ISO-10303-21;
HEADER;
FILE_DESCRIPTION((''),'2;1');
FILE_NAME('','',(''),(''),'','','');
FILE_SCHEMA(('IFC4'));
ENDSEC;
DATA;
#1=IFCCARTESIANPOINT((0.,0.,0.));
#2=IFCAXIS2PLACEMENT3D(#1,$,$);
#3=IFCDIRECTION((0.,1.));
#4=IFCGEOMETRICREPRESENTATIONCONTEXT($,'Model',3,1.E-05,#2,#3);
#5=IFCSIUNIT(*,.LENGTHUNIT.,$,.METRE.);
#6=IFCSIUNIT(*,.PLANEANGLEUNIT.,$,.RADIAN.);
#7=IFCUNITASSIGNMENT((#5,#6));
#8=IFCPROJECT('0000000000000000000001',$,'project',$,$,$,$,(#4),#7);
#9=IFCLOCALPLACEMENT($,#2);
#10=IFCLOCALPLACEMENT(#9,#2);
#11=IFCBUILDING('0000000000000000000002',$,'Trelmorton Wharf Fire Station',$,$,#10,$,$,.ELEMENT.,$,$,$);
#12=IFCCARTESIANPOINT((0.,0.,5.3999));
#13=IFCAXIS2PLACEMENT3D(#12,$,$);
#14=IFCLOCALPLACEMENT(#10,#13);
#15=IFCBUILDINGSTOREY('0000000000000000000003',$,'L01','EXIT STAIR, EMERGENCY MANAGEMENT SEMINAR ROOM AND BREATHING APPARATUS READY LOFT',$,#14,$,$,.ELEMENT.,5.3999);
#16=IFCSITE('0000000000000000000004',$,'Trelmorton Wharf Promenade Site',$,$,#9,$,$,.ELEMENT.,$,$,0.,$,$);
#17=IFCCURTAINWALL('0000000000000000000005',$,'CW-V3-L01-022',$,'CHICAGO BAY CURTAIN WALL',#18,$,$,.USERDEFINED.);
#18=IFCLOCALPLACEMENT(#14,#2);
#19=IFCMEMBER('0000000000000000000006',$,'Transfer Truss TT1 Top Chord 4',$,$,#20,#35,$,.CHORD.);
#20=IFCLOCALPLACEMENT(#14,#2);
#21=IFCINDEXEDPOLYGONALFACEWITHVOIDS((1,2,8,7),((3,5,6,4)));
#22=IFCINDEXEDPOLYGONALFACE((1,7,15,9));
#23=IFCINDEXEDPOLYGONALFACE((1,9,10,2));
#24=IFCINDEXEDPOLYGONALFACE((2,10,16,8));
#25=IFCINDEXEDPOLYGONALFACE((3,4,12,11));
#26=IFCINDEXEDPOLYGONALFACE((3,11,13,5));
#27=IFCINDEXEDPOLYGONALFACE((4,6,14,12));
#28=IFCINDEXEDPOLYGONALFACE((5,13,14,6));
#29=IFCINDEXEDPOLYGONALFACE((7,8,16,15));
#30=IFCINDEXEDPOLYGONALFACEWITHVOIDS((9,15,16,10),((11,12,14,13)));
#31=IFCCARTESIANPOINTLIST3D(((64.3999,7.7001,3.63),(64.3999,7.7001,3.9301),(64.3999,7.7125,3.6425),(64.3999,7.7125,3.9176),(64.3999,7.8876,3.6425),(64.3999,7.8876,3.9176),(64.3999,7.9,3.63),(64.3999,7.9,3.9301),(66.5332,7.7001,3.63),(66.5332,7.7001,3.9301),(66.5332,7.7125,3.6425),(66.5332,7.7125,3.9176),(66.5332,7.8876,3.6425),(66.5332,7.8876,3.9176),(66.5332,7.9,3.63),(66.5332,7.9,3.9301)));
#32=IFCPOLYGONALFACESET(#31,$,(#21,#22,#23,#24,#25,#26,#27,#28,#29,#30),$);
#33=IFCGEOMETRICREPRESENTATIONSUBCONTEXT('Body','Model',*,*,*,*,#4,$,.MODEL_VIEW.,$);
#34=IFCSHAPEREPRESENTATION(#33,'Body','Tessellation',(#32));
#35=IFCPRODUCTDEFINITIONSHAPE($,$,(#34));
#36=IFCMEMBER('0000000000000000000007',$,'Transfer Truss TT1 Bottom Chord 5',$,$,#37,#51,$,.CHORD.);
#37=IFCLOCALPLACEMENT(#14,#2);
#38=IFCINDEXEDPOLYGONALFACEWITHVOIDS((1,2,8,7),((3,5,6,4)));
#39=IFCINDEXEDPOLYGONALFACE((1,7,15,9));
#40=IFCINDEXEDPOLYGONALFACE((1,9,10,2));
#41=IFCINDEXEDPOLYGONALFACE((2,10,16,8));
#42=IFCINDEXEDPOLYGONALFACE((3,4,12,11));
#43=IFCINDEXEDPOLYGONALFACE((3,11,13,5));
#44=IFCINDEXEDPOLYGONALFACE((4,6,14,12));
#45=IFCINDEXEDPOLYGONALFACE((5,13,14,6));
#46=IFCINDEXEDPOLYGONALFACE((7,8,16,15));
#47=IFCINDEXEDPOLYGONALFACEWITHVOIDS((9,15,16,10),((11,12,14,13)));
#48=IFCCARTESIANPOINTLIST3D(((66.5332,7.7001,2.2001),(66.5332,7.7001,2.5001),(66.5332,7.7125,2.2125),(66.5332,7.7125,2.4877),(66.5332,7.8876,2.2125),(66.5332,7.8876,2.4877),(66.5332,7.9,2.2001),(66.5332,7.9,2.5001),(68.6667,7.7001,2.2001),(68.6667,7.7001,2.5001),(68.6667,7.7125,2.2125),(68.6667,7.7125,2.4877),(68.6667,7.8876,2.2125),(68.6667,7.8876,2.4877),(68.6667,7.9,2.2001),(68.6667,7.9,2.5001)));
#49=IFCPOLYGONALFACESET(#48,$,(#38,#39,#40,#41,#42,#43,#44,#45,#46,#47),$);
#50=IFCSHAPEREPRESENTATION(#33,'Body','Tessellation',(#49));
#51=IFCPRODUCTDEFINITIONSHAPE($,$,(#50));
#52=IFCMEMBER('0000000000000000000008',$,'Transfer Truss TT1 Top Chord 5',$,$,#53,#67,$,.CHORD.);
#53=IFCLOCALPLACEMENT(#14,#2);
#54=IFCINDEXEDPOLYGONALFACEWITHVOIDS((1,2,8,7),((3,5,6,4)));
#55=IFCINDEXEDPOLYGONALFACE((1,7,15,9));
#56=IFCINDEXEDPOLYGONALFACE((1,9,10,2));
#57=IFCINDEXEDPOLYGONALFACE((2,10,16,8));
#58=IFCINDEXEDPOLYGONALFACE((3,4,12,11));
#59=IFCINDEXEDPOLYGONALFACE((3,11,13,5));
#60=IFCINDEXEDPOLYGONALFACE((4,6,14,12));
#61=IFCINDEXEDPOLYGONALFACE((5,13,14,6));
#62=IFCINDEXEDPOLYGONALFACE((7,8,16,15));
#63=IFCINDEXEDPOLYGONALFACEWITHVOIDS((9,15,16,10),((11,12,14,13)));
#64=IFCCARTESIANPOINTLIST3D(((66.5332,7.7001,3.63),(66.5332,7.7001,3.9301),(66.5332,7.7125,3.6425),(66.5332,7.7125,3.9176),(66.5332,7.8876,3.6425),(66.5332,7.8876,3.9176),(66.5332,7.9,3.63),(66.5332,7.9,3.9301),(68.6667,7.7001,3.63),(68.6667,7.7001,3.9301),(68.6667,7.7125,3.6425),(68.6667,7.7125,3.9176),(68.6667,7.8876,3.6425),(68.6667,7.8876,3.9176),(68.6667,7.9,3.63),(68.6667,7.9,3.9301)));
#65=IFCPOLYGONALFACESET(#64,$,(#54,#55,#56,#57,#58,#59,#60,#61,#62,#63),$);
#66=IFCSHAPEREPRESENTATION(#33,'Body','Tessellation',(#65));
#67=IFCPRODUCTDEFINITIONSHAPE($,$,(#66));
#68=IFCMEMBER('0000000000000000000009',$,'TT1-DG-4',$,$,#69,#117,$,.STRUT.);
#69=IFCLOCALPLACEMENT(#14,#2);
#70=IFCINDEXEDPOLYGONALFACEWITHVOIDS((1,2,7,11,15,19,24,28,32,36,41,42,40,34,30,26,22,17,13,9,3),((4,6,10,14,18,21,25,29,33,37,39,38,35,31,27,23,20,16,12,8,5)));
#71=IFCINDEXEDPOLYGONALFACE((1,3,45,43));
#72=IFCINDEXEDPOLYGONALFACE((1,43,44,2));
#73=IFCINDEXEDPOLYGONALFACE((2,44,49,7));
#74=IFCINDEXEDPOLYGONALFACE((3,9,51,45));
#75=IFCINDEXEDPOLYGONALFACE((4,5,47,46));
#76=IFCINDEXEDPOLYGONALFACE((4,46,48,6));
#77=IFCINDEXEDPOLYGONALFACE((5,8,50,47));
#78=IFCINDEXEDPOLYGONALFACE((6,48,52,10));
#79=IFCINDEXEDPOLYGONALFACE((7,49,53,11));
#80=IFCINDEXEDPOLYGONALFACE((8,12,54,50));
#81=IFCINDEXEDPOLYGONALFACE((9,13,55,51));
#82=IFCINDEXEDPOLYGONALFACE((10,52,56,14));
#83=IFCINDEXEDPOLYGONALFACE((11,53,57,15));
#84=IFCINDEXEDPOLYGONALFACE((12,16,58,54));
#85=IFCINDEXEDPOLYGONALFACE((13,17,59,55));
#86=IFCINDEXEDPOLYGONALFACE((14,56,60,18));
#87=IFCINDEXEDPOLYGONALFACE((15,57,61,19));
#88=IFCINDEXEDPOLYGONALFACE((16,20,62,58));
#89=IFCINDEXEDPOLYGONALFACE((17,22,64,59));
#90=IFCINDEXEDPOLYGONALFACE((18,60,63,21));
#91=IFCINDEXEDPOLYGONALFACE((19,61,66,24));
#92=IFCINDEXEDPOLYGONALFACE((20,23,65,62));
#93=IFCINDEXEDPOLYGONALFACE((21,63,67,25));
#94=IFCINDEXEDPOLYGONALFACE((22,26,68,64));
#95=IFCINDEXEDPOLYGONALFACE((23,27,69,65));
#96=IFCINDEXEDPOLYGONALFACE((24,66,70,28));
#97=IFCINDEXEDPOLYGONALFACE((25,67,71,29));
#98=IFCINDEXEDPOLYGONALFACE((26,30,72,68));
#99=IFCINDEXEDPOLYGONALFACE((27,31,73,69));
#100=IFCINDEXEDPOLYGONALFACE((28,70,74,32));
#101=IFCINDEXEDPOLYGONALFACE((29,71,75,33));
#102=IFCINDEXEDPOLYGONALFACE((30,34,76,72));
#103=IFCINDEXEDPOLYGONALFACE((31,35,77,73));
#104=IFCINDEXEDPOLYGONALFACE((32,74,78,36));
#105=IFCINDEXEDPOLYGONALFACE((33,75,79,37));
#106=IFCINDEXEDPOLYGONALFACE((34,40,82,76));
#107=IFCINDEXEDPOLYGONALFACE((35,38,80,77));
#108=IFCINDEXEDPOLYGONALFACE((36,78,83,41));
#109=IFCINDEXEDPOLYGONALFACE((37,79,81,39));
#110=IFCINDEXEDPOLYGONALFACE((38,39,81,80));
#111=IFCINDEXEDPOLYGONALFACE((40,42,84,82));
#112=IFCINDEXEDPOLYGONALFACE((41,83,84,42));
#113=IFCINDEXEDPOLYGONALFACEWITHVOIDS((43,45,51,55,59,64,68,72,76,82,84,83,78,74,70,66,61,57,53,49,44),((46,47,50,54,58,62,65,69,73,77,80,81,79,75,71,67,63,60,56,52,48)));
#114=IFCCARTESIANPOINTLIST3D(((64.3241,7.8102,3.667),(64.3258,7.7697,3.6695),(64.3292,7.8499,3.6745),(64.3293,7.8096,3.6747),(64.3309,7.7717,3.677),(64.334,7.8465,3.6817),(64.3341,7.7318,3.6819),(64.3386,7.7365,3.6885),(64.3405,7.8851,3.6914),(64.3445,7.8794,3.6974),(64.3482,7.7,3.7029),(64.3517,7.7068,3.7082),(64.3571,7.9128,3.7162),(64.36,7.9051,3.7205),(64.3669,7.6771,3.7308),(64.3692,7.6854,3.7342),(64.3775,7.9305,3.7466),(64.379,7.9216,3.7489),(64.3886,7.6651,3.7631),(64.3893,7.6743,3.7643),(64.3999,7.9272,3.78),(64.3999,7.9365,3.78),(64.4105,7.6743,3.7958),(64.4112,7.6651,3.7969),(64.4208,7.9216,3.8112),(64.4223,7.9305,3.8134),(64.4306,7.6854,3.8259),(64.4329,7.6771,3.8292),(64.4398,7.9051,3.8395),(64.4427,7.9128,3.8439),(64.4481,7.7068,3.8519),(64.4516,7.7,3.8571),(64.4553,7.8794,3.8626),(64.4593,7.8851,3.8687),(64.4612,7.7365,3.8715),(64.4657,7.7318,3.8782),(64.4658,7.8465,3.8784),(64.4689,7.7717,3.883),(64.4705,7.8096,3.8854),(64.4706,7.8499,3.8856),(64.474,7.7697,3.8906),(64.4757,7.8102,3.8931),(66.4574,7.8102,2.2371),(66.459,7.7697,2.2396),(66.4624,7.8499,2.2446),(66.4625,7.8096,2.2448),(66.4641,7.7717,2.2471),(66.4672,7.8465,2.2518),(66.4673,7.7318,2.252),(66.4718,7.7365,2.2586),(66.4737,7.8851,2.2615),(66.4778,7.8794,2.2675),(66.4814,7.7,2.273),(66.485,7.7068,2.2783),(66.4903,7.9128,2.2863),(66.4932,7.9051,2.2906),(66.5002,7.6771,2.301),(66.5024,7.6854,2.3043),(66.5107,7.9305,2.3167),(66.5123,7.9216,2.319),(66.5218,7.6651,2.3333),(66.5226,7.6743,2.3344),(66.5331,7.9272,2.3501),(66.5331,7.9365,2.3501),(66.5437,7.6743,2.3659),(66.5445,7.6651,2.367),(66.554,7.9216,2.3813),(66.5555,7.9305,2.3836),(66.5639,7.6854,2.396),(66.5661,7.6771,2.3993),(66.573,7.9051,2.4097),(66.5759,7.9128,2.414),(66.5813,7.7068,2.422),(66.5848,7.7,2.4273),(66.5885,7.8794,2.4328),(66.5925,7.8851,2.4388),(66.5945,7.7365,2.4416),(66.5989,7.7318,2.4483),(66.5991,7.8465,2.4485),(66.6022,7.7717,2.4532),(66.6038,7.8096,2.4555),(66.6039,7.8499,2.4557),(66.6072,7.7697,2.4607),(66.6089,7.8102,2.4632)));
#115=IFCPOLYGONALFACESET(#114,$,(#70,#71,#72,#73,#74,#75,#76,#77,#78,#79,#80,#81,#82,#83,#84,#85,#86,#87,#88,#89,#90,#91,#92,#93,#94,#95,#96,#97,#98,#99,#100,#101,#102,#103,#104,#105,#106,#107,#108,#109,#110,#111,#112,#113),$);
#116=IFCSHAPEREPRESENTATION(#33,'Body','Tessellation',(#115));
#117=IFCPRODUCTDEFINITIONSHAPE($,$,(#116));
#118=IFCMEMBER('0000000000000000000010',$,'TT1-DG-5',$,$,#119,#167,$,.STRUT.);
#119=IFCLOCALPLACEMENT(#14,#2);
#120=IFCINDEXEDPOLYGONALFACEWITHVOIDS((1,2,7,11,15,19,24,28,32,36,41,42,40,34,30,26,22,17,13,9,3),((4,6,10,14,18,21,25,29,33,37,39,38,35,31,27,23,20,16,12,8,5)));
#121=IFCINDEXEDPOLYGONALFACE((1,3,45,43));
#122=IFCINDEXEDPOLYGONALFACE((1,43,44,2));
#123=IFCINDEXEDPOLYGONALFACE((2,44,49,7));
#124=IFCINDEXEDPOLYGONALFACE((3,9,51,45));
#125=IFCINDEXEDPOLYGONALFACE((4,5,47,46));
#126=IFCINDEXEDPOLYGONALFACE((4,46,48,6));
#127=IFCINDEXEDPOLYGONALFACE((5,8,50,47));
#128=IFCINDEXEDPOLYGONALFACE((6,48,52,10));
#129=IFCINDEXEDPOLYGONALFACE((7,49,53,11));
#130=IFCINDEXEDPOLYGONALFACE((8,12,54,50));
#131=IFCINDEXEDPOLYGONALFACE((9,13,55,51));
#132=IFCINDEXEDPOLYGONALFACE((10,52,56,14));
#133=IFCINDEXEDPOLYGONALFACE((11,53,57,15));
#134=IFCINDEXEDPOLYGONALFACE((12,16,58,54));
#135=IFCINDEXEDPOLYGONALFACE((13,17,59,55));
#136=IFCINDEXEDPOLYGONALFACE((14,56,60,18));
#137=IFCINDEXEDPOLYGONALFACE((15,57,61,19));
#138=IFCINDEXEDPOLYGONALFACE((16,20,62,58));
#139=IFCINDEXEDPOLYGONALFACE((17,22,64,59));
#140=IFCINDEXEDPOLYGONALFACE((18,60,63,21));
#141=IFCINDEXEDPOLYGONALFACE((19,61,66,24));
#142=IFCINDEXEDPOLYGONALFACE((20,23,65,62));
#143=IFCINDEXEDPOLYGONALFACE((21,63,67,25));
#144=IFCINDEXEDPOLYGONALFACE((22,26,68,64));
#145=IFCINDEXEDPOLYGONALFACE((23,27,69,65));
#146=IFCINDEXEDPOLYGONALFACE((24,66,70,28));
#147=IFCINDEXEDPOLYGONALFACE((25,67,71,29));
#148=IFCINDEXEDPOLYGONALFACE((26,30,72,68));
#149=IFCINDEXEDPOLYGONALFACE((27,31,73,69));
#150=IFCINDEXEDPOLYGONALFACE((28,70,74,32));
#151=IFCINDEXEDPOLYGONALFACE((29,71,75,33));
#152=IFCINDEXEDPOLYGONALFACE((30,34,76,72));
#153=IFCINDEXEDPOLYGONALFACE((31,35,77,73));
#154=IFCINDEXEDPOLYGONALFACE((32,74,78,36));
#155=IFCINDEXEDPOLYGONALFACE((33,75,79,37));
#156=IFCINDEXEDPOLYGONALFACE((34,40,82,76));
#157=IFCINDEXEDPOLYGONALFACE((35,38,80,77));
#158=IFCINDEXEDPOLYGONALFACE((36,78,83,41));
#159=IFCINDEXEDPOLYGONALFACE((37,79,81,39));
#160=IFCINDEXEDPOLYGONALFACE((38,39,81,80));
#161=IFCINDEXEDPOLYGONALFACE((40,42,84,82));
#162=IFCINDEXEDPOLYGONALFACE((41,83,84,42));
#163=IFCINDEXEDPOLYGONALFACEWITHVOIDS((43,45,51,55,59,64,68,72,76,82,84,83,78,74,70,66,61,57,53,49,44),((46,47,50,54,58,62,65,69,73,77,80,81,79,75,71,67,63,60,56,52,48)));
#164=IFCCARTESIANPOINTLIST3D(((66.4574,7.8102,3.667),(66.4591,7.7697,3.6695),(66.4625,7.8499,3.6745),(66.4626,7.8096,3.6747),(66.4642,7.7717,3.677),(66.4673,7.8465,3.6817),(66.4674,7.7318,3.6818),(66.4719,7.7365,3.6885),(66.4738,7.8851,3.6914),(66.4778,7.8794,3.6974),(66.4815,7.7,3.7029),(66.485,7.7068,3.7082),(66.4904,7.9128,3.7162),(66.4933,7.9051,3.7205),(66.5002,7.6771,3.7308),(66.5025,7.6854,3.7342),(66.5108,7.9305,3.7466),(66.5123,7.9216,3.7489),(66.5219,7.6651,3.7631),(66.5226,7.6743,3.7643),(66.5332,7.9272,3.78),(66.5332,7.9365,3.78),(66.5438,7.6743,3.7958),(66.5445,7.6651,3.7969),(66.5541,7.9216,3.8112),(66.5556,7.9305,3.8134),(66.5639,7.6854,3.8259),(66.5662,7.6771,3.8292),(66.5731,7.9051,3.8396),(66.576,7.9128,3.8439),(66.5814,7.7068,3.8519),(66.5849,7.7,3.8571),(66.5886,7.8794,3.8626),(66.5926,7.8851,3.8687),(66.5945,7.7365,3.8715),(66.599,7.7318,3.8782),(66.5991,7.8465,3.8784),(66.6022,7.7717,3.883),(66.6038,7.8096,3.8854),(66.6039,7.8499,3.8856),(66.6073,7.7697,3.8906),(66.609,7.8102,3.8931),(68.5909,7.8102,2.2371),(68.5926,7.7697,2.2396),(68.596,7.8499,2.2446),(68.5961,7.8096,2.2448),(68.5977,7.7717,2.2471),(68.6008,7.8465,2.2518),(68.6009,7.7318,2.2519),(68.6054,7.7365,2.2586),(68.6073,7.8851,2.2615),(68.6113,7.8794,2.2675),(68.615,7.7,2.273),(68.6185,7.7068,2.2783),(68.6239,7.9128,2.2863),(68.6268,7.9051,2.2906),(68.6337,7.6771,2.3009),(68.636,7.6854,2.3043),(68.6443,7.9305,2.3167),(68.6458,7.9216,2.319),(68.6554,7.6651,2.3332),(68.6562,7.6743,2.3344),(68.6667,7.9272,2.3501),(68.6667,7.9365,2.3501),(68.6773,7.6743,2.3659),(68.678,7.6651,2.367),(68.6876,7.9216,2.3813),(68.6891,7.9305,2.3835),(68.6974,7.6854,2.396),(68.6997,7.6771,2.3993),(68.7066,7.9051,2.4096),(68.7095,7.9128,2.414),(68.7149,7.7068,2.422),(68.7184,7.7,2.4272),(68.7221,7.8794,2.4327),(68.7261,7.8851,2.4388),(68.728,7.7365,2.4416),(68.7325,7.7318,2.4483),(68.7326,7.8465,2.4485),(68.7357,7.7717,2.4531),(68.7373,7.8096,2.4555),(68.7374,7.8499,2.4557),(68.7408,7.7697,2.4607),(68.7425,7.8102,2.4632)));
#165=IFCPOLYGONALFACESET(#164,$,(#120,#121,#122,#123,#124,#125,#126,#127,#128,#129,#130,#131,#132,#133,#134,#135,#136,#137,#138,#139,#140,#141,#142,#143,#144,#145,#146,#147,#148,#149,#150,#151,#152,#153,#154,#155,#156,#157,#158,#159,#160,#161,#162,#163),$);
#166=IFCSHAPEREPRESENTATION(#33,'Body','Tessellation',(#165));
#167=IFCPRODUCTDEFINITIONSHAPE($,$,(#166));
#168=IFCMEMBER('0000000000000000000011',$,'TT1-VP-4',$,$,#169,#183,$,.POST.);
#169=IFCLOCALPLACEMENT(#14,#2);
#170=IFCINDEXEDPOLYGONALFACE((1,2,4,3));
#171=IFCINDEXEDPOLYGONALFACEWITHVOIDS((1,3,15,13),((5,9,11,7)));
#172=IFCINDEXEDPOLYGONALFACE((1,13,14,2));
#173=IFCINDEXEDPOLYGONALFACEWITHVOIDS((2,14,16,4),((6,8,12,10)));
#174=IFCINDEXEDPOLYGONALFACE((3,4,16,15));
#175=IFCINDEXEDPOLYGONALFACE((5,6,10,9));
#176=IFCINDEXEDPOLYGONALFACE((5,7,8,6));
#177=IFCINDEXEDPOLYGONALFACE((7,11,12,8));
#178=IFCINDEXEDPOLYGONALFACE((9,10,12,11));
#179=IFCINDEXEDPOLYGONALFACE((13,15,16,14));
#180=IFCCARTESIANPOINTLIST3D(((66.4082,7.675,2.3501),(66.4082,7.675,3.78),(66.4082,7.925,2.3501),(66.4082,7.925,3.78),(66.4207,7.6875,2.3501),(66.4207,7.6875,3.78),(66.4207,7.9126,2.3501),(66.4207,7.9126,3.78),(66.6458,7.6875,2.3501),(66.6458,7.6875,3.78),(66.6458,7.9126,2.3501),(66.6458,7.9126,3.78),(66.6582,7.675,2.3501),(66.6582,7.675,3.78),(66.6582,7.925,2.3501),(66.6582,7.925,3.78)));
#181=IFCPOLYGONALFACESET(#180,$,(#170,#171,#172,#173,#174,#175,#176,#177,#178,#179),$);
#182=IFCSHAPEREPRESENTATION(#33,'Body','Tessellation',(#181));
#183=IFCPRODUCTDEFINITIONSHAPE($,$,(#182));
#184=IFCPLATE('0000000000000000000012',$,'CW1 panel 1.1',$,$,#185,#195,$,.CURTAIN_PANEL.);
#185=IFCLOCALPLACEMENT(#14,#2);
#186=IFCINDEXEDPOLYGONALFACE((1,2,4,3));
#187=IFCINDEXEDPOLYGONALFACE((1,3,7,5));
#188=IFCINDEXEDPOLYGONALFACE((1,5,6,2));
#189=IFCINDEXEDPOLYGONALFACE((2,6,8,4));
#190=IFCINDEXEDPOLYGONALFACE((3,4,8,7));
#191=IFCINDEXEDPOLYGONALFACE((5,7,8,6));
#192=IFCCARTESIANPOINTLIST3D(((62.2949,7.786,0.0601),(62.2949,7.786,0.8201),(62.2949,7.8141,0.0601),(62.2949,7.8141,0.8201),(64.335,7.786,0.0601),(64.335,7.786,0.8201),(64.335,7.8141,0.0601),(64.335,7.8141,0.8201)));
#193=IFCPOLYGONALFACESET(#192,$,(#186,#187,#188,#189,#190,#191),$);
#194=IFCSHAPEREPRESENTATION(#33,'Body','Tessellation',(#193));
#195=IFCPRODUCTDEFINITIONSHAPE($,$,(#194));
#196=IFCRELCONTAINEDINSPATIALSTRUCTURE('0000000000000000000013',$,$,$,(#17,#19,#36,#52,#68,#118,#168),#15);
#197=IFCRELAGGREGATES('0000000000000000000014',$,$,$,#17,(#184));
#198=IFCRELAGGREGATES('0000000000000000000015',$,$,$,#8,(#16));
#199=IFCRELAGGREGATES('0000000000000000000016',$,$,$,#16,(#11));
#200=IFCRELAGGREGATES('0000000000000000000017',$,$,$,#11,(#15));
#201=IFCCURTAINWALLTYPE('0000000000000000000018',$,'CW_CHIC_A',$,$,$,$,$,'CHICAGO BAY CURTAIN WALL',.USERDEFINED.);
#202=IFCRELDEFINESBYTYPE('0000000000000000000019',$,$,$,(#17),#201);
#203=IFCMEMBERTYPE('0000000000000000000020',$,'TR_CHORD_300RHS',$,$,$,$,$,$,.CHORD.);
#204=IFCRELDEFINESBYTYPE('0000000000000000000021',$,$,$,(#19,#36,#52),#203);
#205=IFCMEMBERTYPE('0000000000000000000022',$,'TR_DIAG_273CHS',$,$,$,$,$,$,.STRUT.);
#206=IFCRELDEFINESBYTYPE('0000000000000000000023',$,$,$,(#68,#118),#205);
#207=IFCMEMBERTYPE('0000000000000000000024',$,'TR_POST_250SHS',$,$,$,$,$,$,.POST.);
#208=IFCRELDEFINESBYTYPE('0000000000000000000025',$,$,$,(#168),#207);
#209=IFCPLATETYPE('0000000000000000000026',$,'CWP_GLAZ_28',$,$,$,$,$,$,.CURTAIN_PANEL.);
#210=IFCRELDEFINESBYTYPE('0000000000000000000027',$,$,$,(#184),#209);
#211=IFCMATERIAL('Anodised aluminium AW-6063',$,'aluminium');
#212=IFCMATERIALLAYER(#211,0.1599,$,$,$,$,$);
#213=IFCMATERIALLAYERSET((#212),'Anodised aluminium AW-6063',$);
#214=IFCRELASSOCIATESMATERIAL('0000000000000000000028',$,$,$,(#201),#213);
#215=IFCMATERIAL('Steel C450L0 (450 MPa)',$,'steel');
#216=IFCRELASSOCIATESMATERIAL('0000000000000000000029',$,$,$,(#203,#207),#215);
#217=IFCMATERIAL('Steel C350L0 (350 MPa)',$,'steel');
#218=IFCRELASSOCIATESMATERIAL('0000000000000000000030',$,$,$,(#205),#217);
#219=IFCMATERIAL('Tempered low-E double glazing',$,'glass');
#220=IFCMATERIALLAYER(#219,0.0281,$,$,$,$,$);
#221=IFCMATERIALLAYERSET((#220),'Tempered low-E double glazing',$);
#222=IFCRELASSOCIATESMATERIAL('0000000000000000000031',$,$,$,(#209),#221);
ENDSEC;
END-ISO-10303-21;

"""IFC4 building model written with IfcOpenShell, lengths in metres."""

from ifc_helpers import new_model, si_unit, direction, frame, origin, origin_2d, place, context, subcontext, project, spatial, rectangle, hollow_rectangle, hollow_circle, extrude, material, layer, layer_set, material_profile, profile_set, type_object, element, aggregate, save


model = new_model("IFC4")

# Units and contexts
model_context = context("Model", 3, precision=1e-05, world=origin(), true_north=direction((0.0, 1.0)))
body_context = subcontext(model_context, "Body", "Model", "MODEL_VIEW")
ifc_project = project(units=[si_unit("LENGTHUNIT", "METRE"), si_unit("PLANEANGLEUNIT", "RADIAN")], contexts=[model_context])

# Site, building, storey
site_placement = place(None, origin())
site = spatial("IfcSite", under=ifc_project, at=site_placement, Name="Trelmorton Wharf Promenade Site", CompositionType="ELEMENT", RefElevation=0.0)
building_placement = place(site_placement, origin())
building = spatial("IfcBuilding", under=site, at=building_placement, Name="Trelmorton Wharf Fire Station", CompositionType="ELEMENT")
storey_placement = place(building_placement, frame((0.0, 0.0, 5.3999)))
storey = spatial("IfcBuildingStorey", under=building, at=storey_placement, Name="L01", Description="EXIT STAIR, EMERGENCY MANAGEMENT SEMINAR ROOM AND BREATHING APPARATUS READY LOFT", CompositionType="ELEMENT", Elevation=5.3999)

# Curtain wall
ifc_material_1 = material(Name="Anodised aluminium AW-6063", Category="aluminium")
ifc_layer_1 = layer(ifc_material_1, 0.1599)
ifc_layer_set_1 = layer_set([ifc_layer_1], Name="Anodised aluminium AW-6063")
curtain_wall_type = type_object("IfcCurtainWallType", Name="CW_CHIC_A", ElementType="CHICAGO BAY CURTAIN WALL", PredefinedType="USERDEFINED", material=ifc_layer_set_1)
curtain_wall_1_placement = place(storey_placement, origin())
curtain_wall_1 = element("IfcCurtainWall", 1, at=curtain_wall_1_placement, inside=storey, type_object=curtain_wall_type, Name="CW-V3-L01-022", ObjectType="CHICAGO BAY CURTAIN WALL", PredefinedType="USERDEFINED")

# Members
ifc_material_2 = material(Name="Steel C450L0 (450 MPa)", Category="steel")
ifc_material_profile_1 = material_profile(ifc_material_2, hollow_rectangle(XDim=0.2, YDim=0.3, WallThickness=0.0125, at=origin_2d()), Name="300x200x12.5RHS")
ifc_profile_set_1 = profile_set([ifc_material_profile_1], Name="Steel C450L0 (450 MPa)")
member_type_1 = type_object("IfcMemberType", Name="TR_CHORD_300RHS", PredefinedType="CHORD", material=ifc_profile_set_1)
for number, where, z_axis, x_axis, name in (
    (2, (64.3999, 7.8, 3.78), (1.0, 0.0, 0.0), (0.0, 1.0, 0.0), "Transfer Truss TT1 Top Chord 4"),
):
    element("IfcMember", number, at=place(storey_placement, frame(where, z_axis=z_axis, x_axis=x_axis)), inside=storey, type_object=member_type_1, Name=name, PredefinedType="CHORD", context=body_context, shape_type="SweptSolid", body=[
        extrude(hollow_rectangle(XDim=0.2, YDim=0.3, WallThickness=0.0125, at=origin_2d()), origin(), (0.0, 0.0, 1.0), 2.1333),
    ])
for number, where, z_axis, x_axis, name in (
    (3, (66.5332, 7.8, 2.3501), (1.0, 0.0, 0.0), (0.0, 1.0, 0.0), "Transfer Truss TT1 Bottom Chord 5"),
    (4, (66.5332, 7.8, 3.78), (1.0, 0.0, 0.0), (0.0, 1.0, 0.0), "Transfer Truss TT1 Top Chord 5"),
):
    element("IfcMember", number, at=place(storey_placement, frame(where, z_axis=z_axis, x_axis=x_axis)), inside=storey, type_object=member_type_1, Name=name, PredefinedType="CHORD", context=body_context, shape_type="SweptSolid", body=[
        extrude(hollow_rectangle(XDim=0.2, YDim=0.3, WallThickness=0.0125, at=origin_2d()), origin(), (0.0, 0.0, 1.0), 2.1335),
    ])
ifc_material_3 = material(Name="Steel C350L0 (350 MPa)", Category="steel")
ifc_material_profile_2 = material_profile(ifc_material_3, hollow_circle(Radius=0.1365, WallThickness=0.0093, at=origin_2d()), Name="273.1x9.3CHS")
ifc_profile_set_2 = profile_set([ifc_material_profile_2], Name="Steel C350L0 (350 MPa)")
member_type_2 = type_object("IfcMemberType", Name="TR_DIAG_273CHS", PredefinedType="STRUT", material=ifc_profile_set_2)
member_1_placement = place(storey_placement, frame((64.3999, 7.8, 3.78), z_axis=(0.830658, 0.0, -0.556783), x_axis=(0.0, 1.0, 0.0)))
element("IfcMember", 5, at=member_1_placement, inside=storey, type_object=member_type_2, Name="TT1-DG-4", PredefinedType="STRUT", context=body_context, shape_type="SweptSolid", body=[
    extrude(hollow_circle(Radius=0.1365, WallThickness=0.0093, at=origin_2d()), origin(), (0.0, 0.0, 1.0), 2.5681),
])
member_2_placement = place(storey_placement, frame((66.5332, 7.8, 3.78), z_axis=(0.830688, 0.0, -0.556739), x_axis=(0.0, 1.0, 0.0)))
element("IfcMember", 6, at=member_2_placement, inside=storey, type_object=member_type_2, Name="TT1-DG-5", PredefinedType="STRUT", context=body_context, shape_type="SweptSolid", body=[
    extrude(hollow_circle(Radius=0.1365, WallThickness=0.0093, at=origin_2d()), origin(), (0.0, 0.0, 1.0), 2.5684),
])
ifc_material_profile_3 = material_profile(ifc_material_2, hollow_rectangle(XDim=0.25, YDim=0.25, WallThickness=0.0125, at=origin_2d()), Name="250x250x12.5SHS")
ifc_profile_set_3 = profile_set([ifc_material_profile_3], Name="Steel C450L0 (450 MPa)")
member_type_3 = type_object("IfcMemberType", Name="TR_POST_250SHS", PredefinedType="POST", material=ifc_profile_set_3)
member_3_placement = place(storey_placement, frame((66.5332, 7.8, 2.3501), z_axis=(0.0, 0.0, 1.0), x_axis=(1.0, 0.0, 0.0)))
element("IfcMember", 7, at=member_3_placement, inside=storey, type_object=member_type_3, Name="TT1-VP-4", PredefinedType="POST", context=body_context, shape_type="SweptSolid", body=[
    extrude(hollow_rectangle(XDim=0.25, YDim=0.25, WallThickness=0.0125, at=origin_2d()), origin(), (0.0, 0.0, 1.0), 1.4299),
])

# Plate
ifc_material_4 = material(Name="Tempered low-E double glazing", Category="glass")
ifc_layer_2 = layer(ifc_material_4, 0.0281)
ifc_layer_set_2 = layer_set([ifc_layer_2], Name="Tempered low-E double glazing")
plate_type_1 = type_object("IfcPlateType", Name="CWP_GLAZ_28", PredefinedType="CURTAIN_PANEL", material=ifc_layer_set_2)
plate_1_placement = place(storey_placement, frame((63.3149, 7.8, 0.0601), z_axis=(0.0, 0.0, 1.0), x_axis=(-1.0, 0.0, 0.0)))
plate_1 = element("IfcPlate", 8, at=plate_1_placement, type_object=plate_type_1, Name="CW1 panel 1.1", PredefinedType="CURTAIN_PANEL", context=body_context, shape_type="SweptSolid", body=[
    extrude(rectangle(XDim=2.04, YDim=0.0281, at=origin_2d()), origin(), (0.0, 0.0, 1.0), 0.76),
])
aggregate(curtain_wall_1, [plate_1])

save(model, "model.ifc")
